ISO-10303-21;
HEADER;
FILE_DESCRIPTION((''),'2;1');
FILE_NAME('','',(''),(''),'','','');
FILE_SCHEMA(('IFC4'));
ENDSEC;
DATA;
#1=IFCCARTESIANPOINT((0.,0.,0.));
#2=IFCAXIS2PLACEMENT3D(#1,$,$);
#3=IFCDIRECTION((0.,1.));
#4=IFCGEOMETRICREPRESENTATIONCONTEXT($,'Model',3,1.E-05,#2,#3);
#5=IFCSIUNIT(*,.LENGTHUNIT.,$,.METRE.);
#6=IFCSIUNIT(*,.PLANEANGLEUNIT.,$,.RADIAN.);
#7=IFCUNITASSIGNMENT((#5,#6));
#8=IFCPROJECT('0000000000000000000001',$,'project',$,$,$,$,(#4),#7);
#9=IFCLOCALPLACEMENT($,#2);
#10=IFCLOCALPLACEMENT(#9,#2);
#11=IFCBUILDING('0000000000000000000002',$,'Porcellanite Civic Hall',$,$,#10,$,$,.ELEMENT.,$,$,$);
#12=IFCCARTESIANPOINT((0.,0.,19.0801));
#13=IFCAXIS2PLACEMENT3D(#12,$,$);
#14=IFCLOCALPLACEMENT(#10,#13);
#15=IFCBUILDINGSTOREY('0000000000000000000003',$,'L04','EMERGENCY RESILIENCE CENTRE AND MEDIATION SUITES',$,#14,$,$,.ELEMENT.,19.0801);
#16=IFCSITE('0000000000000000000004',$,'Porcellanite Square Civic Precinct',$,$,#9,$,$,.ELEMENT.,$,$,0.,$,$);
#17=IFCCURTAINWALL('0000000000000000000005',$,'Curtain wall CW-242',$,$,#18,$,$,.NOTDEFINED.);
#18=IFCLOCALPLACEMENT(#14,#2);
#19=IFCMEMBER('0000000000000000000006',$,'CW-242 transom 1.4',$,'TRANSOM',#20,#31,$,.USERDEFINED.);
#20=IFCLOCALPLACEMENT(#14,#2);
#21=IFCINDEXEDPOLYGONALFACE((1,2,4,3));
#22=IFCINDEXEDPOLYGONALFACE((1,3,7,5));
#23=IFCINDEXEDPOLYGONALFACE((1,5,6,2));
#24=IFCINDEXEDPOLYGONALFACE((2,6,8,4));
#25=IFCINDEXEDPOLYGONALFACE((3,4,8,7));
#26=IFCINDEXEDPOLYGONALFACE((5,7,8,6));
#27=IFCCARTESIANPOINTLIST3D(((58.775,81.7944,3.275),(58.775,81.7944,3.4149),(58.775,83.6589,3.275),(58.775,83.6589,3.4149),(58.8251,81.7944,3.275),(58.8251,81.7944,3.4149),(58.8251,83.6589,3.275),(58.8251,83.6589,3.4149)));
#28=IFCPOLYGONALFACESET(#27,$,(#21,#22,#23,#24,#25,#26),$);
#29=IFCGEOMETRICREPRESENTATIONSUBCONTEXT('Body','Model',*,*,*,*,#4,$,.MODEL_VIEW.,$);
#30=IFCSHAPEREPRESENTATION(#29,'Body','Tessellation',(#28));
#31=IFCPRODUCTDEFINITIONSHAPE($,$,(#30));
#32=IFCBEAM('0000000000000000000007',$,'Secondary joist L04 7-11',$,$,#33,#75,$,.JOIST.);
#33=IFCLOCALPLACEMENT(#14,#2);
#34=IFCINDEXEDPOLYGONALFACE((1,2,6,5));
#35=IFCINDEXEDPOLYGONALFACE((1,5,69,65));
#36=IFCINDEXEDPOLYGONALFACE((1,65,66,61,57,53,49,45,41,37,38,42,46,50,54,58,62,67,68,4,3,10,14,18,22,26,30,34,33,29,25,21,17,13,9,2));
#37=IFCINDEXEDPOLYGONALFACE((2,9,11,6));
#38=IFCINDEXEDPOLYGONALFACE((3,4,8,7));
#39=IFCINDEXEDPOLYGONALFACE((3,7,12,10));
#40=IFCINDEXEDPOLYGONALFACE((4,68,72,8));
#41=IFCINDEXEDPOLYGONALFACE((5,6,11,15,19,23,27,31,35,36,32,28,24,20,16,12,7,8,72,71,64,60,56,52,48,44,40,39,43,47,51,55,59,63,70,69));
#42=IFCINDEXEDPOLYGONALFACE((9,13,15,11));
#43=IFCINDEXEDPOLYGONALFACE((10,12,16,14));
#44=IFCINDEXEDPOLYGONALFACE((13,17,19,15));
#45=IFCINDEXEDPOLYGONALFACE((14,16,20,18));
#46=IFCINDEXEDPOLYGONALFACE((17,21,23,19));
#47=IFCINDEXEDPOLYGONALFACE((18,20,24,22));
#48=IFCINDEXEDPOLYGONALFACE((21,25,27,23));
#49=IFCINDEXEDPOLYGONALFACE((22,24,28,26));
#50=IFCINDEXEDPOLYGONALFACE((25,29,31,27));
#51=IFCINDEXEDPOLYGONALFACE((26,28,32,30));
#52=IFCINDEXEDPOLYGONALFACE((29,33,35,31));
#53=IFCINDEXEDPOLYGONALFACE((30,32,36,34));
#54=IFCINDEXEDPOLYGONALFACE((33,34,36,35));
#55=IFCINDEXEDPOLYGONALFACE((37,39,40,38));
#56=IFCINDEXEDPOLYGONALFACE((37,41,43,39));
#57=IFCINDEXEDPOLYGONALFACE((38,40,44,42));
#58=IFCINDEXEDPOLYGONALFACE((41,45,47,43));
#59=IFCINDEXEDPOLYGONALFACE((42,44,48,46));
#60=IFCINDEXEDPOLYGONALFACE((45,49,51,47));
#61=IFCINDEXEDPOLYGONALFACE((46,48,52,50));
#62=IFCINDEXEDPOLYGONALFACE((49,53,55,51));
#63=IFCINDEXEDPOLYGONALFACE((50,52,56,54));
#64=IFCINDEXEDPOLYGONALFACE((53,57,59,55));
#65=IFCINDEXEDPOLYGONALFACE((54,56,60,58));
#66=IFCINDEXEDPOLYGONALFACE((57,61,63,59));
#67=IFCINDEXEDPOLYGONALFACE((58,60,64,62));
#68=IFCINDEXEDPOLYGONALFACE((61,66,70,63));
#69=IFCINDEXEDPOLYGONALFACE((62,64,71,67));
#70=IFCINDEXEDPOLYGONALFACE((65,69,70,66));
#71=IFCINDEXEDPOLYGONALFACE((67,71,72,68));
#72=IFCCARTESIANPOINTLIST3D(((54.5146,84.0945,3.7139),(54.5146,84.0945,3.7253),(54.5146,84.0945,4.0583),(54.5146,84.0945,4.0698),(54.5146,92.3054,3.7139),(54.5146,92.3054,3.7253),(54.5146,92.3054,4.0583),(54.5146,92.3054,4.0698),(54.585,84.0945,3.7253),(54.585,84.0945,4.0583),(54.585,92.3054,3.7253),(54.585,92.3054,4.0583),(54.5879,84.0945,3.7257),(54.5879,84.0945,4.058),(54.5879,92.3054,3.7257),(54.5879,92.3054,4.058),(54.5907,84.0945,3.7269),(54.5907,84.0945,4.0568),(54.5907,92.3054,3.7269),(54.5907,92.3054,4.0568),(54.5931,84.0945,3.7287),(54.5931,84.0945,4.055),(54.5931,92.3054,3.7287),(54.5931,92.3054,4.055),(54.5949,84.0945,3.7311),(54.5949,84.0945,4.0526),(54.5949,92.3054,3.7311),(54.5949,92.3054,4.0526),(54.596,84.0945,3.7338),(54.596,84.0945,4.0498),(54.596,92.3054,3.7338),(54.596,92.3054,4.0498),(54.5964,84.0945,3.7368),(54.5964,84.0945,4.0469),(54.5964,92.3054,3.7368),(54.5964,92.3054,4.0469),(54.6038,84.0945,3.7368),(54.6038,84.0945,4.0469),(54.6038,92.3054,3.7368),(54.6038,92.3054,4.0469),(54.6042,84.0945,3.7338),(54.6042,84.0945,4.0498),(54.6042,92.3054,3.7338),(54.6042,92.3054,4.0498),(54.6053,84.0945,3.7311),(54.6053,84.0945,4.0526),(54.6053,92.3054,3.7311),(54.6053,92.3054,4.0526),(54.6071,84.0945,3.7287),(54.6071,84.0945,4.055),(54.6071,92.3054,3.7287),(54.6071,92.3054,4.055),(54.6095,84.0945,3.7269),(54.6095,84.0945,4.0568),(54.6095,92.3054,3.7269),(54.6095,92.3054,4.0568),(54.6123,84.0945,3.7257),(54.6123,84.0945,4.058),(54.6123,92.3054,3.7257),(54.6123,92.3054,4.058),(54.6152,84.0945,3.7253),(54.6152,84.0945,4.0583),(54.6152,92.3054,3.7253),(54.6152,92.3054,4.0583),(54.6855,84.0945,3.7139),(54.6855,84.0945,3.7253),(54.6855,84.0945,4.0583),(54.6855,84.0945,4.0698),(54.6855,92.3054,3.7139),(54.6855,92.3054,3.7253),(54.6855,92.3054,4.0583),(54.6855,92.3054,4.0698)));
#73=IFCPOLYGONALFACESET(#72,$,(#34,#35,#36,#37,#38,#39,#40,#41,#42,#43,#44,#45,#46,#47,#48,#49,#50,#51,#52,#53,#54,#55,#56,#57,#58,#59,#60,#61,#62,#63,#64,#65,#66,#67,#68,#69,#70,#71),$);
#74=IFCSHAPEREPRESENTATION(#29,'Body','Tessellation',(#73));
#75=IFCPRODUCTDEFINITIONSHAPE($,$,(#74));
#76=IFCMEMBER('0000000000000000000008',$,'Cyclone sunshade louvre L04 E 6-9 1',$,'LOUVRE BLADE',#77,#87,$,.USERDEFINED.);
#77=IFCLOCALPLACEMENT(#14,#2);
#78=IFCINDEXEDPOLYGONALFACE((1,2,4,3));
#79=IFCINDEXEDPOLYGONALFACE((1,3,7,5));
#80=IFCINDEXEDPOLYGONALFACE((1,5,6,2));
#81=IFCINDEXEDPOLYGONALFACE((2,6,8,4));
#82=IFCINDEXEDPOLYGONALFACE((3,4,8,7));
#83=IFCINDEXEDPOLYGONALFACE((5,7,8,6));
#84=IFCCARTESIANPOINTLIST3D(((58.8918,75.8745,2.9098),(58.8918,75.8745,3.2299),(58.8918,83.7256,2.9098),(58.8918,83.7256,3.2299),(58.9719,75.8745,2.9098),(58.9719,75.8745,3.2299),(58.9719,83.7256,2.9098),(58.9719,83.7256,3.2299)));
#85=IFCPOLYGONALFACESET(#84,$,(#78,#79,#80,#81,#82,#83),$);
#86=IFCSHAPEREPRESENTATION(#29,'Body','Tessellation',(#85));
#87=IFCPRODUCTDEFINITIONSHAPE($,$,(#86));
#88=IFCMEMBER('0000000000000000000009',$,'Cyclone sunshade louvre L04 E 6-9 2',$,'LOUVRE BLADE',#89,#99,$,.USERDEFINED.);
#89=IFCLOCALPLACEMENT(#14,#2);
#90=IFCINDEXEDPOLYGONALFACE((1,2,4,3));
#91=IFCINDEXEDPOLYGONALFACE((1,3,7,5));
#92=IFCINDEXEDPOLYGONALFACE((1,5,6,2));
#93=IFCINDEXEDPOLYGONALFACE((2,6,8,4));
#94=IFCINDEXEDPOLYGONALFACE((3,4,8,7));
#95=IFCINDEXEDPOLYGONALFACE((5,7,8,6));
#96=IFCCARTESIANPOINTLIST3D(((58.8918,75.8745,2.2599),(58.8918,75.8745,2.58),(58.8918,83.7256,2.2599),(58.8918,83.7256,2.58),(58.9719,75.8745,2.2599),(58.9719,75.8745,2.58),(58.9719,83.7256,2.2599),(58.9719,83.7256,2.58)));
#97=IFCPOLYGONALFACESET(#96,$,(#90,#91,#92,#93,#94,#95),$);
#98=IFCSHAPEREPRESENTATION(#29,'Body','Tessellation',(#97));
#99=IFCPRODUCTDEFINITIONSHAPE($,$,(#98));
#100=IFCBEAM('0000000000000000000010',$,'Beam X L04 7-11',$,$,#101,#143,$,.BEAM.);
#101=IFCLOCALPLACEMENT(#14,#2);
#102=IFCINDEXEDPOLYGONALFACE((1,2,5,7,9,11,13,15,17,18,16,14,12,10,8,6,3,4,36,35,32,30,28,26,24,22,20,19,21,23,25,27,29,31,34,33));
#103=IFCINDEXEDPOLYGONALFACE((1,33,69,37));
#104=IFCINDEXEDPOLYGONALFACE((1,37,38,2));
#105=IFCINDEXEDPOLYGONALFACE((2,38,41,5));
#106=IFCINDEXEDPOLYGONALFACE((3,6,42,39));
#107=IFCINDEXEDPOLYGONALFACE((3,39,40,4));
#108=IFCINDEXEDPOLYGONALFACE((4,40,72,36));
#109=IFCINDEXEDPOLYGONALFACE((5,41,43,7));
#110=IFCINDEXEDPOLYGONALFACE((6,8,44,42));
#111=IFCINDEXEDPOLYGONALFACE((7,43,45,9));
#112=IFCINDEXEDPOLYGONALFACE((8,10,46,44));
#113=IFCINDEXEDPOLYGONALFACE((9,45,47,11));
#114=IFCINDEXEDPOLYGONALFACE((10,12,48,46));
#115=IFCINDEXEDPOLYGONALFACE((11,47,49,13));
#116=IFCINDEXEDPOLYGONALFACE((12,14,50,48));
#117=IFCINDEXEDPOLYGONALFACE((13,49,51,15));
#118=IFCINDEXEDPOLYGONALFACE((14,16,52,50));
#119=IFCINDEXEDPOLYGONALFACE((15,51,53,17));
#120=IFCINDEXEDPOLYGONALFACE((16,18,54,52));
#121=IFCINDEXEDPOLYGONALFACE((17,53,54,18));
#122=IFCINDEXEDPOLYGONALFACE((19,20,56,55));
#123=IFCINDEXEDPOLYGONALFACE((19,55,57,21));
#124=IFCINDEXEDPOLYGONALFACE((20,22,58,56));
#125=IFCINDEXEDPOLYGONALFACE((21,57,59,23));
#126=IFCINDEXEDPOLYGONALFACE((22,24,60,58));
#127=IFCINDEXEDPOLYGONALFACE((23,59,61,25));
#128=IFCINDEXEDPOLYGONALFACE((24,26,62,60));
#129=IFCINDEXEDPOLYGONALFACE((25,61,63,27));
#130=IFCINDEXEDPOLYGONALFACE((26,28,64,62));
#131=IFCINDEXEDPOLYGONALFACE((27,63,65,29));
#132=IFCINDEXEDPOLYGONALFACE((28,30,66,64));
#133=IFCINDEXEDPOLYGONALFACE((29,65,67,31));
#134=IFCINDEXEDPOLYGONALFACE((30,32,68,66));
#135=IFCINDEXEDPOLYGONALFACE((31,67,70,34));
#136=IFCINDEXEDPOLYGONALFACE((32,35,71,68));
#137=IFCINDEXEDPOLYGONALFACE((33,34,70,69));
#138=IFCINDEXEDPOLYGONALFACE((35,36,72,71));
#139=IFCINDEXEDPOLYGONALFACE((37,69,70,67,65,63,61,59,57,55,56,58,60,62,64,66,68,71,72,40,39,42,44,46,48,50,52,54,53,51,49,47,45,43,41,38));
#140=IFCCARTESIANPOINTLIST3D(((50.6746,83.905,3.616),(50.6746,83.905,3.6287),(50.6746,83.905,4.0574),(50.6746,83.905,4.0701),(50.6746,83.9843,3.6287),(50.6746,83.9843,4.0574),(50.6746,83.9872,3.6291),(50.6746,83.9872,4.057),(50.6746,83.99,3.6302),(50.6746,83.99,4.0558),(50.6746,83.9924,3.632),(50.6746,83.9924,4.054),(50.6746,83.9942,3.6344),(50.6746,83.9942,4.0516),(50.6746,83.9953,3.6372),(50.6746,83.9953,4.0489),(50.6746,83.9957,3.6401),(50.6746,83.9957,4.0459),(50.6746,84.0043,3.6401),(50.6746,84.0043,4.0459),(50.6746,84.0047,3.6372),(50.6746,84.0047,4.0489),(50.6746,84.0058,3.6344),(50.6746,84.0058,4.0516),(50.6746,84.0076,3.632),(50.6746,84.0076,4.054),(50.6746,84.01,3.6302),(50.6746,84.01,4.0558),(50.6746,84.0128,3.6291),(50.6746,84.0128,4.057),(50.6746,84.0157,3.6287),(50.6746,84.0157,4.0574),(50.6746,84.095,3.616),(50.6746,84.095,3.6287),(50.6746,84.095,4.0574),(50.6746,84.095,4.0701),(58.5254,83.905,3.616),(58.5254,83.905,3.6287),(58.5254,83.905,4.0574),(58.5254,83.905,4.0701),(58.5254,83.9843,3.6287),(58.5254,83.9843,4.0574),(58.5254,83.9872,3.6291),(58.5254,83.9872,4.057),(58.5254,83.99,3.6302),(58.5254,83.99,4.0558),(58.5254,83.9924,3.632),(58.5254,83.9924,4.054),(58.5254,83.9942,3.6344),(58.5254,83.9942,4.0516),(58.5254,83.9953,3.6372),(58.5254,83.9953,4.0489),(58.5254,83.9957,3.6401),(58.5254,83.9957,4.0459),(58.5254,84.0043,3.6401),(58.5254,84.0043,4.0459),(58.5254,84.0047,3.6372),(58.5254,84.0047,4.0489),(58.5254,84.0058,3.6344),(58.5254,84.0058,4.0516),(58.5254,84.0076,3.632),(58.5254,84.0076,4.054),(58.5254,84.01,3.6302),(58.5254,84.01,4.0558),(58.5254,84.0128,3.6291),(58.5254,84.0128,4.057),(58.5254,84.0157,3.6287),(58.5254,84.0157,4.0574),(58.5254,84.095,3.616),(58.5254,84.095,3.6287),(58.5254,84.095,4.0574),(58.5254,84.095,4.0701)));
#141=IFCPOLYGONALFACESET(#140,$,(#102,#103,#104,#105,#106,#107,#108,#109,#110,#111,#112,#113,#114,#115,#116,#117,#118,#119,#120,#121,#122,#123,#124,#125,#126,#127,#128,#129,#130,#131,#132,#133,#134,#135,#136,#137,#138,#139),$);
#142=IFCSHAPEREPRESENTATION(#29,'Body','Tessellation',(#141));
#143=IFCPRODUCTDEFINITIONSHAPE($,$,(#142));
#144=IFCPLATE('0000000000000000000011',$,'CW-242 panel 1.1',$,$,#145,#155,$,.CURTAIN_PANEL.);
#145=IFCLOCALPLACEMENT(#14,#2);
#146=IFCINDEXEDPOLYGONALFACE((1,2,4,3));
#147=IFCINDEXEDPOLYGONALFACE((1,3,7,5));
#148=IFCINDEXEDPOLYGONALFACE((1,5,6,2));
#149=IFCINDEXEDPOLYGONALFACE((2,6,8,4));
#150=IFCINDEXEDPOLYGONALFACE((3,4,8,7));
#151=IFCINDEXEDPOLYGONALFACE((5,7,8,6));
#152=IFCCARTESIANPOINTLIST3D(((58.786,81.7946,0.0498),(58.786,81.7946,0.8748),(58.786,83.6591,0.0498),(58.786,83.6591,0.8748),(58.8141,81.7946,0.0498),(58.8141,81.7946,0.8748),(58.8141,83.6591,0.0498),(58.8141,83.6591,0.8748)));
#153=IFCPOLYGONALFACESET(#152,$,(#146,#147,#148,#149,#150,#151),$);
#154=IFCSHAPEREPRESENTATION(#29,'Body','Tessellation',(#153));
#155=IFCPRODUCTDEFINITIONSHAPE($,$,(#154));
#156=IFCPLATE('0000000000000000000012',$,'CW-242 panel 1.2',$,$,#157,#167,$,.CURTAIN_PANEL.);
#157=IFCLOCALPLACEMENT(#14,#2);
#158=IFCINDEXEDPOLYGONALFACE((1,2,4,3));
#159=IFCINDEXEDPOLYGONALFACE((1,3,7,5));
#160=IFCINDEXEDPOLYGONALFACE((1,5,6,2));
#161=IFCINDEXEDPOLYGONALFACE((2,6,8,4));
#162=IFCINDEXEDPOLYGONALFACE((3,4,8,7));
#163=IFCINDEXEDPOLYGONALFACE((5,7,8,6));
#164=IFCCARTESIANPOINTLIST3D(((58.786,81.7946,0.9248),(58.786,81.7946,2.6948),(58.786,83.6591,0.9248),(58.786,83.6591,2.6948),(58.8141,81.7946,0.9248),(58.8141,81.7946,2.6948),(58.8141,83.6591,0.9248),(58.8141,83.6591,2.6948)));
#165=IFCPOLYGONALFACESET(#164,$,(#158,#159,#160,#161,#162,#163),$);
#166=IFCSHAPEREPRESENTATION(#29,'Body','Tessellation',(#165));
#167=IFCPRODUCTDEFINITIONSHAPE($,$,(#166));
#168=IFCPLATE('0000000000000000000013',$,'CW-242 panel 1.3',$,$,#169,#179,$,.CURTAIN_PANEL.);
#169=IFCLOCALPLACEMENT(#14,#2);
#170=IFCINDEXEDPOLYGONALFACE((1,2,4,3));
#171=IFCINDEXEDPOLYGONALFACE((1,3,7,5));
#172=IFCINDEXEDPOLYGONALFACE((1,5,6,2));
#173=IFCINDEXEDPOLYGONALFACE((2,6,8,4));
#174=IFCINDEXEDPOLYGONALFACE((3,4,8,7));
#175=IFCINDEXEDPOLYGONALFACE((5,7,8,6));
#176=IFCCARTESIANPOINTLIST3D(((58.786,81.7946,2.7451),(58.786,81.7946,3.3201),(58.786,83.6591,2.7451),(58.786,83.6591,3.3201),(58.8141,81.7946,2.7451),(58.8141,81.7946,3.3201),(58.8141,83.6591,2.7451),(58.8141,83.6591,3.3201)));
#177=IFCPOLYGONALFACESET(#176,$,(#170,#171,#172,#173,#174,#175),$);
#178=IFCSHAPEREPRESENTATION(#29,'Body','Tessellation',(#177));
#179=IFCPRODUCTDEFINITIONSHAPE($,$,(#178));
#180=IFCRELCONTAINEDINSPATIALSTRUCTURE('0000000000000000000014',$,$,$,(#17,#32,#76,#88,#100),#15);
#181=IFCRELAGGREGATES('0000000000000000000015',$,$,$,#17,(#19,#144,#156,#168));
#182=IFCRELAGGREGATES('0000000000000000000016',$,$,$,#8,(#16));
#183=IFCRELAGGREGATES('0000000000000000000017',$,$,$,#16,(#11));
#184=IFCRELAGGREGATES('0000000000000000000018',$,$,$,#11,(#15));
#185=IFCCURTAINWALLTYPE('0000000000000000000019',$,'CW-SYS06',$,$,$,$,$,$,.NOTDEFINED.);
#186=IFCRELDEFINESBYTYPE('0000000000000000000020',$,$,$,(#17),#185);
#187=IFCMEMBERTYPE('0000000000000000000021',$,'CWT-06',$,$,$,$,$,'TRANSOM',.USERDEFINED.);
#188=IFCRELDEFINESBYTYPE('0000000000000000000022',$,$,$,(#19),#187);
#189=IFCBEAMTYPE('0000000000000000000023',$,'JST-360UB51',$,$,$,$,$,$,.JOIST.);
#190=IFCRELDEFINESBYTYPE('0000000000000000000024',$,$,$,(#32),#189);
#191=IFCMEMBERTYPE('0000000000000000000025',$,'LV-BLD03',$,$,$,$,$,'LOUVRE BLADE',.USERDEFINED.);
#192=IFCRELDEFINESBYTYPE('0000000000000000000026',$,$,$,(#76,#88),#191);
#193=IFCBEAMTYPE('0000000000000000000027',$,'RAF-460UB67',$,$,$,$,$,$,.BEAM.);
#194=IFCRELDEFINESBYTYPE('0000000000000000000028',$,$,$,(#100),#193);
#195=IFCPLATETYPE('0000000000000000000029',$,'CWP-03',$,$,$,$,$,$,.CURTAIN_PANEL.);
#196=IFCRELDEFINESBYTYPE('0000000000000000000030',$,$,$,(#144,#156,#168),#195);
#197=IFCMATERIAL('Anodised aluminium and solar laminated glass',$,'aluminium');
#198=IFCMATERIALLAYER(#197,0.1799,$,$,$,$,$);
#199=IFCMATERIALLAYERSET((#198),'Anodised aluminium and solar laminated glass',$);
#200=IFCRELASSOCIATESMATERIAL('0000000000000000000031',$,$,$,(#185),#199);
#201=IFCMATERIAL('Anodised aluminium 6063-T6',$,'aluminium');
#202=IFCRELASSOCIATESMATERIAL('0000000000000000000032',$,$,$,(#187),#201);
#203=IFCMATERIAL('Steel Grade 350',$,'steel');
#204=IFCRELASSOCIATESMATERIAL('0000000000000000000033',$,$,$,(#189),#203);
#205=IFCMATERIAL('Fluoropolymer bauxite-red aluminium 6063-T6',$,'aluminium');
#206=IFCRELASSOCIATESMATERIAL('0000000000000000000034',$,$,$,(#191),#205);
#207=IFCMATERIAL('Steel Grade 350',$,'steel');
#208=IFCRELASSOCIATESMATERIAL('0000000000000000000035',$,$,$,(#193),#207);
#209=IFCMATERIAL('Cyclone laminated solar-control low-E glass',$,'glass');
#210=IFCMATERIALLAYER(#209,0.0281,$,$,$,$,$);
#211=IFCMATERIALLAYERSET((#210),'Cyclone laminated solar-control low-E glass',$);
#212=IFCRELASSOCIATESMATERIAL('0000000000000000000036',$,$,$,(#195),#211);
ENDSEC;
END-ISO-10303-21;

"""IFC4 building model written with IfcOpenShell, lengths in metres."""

from ifc_helpers import new_model, si_unit, direction, frame, origin, origin_2d, place, context, subcontext, project, spatial, rectangle, i_section, extrude, material, layer, layer_set, material_profile, profile_set, type_object, element, aggregate, save


model = new_model("IFC4")

# Units and contexts
model_context = context("Model", 3, precision=1e-05, world=origin(), true_north=direction((0.0, 1.0)))
body_context = subcontext(model_context, "Body", "Model", "MODEL_VIEW")
ifc_project = project(units=[si_unit("LENGTHUNIT", "METRE"), si_unit("PLANEANGLEUNIT", "RADIAN")], contexts=[model_context])

# Site, building, storey
site_placement = place(None, origin())
site = spatial("IfcSite", under=ifc_project, at=site_placement, Name="Porcellanite Square Civic Precinct", CompositionType="ELEMENT", RefElevation=0.0)
building_placement = place(site_placement, origin())
building = spatial("IfcBuilding", under=site, at=building_placement, Name="Porcellanite Civic Hall", CompositionType="ELEMENT")
storey_placement = place(building_placement, frame((0.0, 0.0, 19.0801)))
storey = spatial("IfcBuildingStorey", under=building, at=storey_placement, Name="L04", Description="EMERGENCY RESILIENCE CENTRE AND MEDIATION SUITES", CompositionType="ELEMENT", Elevation=19.0801)

# Curtain wall
ifc_material_1 = material(Name="Anodised aluminium and solar laminated glass", Category="aluminium")
ifc_layer_1 = layer(ifc_material_1, 0.1799)
ifc_layer_set_1 = layer_set([ifc_layer_1], Name="Anodised aluminium and solar laminated glass")
curtain_wall_type_1 = type_object("IfcCurtainWallType", Name="CW-SYS06", PredefinedType="NOTDEFINED", material=ifc_layer_set_1)
curtain_wall_1_placement = place(storey_placement, origin())
curtain_wall_1 = element("IfcCurtainWall", 1, at=curtain_wall_1_placement, inside=storey, type_object=curtain_wall_type_1, Name="Curtain wall CW-242", PredefinedType="NOTDEFINED")

# Member
ifc_material_2 = material(Name="Anodised aluminium 6063-T6", Category="aluminium")
ifc_material_profile_1 = material_profile(ifc_material_2, rectangle(XDim=0.05, YDim=0.1399, at=origin_2d()), Name="AL-50x140")
ifc_profile_set_1 = profile_set([ifc_material_profile_1], Name="Anodised aluminium 6063-T6")
member_type_1 = type_object("IfcMemberType", Name="CWT-06", ElementType="TRANSOM", PredefinedType="USERDEFINED", material=ifc_profile_set_1)
member_1_placement = place(storey_placement, frame((58.8, 83.6589, 3.345), z_axis=(0.0, -1.0, 0.0), x_axis=(1.0, 0.0, 0.0)))
member_1 = element("IfcMember", 2, at=member_1_placement, type_object=member_type_1, Name="CW-242 transom 1.4", ObjectType="TRANSOM", PredefinedType="USERDEFINED", context=body_context, shape_type="SweptSolid", body=[
    extrude(rectangle(XDim=0.05, YDim=0.1399, at=origin_2d()), origin(), (0.0, 0.0, 1.0), 1.8645),
])

# Beam
ifc_material_3 = material(Name="Steel Grade 350", Category="steel")
ifc_material_profile_2 = material_profile(ifc_material_3, i_section(OverallWidth=0.1709, OverallDepth=0.356, WebThickness=0.0073, FlangeThickness=0.0115, FilletRadius=0.0115, at=origin_2d()), Name="360UB50.7")
ifc_profile_set_2 = profile_set([ifc_material_profile_2], Name="Steel Grade 350")
beam_type_1 = type_object("IfcBeamType", Name="JST-360UB51", PredefinedType="JOIST", material=ifc_profile_set_2)
beam_1_placement = place(storey_placement, frame((54.6001, 84.0945, 3.8918), z_axis=(0.0, 1.0, 0.0), x_axis=(-1.0, 0.0, 0.0)))
element("IfcBeam", 3, at=beam_1_placement, inside=storey, type_object=beam_type_1, Name="Secondary joist L04 7-11", PredefinedType="JOIST", context=body_context, shape_type="SweptSolid", body=[
    extrude(i_section(OverallWidth=0.1709, OverallDepth=0.356, WebThickness=0.0073, FlangeThickness=0.0115, FilletRadius=0.0115, at=origin_2d()), origin(), (0.0, 0.0, 1.0), 8.2109),
])

# Members
ifc_material_4 = material(Name="Fluoropolymer bauxite-red aluminium 6063-T6", Category="aluminium")
ifc_material_profile_3 = material_profile(ifc_material_4, rectangle(XDim=0.0801, YDim=0.3201, at=origin_2d()), Name="AL-80x320")
ifc_profile_set_3 = profile_set([ifc_material_profile_3], Name="Fluoropolymer bauxite-red aluminium 6063-T6")
member_type_2 = type_object("IfcMemberType", Name="LV-BLD03", ElementType="LOUVRE BLADE", PredefinedType="USERDEFINED", material=ifc_profile_set_3)
for number, where, z_axis, x_axis, name in (
    (4, (58.9319, 83.7256, 3.0698), (0.0, -1.0, 0.0), (1.0, 0.0, 0.0), "Cyclone sunshade louvre L04 E 6-9 1"),
    (5, (58.9319, 83.7256, 2.4199), (0.0, -1.0, 0.0), (1.0, 0.0, 0.0), "Cyclone sunshade louvre L04 E 6-9 2"),
):
    element("IfcMember", number, at=place(storey_placement, frame(where, z_axis=z_axis, x_axis=x_axis)), inside=storey, type_object=member_type_2, Name=name, ObjectType="LOUVRE BLADE", PredefinedType="USERDEFINED", context=body_context, shape_type="SweptSolid", body=[
        extrude(rectangle(XDim=0.0801, YDim=0.3201, at=origin_2d()), origin(), (0.0, 0.0, 1.0), 7.8511),
    ])

# Beam
ifc_material_5 = material(Name="Steel Grade 350", Category="steel")
ifc_material_profile_4 = material_profile(ifc_material_5, i_section(OverallWidth=0.1899, OverallDepth=0.4541, WebThickness=0.0085, FlangeThickness=0.0127, FilletRadius=0.0115, at=origin_2d()), Name="460UB67.1")
ifc_profile_set_4 = profile_set([ifc_material_profile_4], Name="Steel Grade 350")
beam_type_2 = type_object("IfcBeamType", Name="RAF-460UB67", PredefinedType="BEAM", material=ifc_profile_set_4)
beam_2_placement = place(storey_placement, frame((50.6746, 84.0, 3.843), z_axis=(1.0, 0.0, 0.0), x_axis=(0.0, 1.0, 0.0)))
element("IfcBeam", 6, at=beam_2_placement, inside=storey, type_object=beam_type_2, Name="Beam X L04 7-11", PredefinedType="BEAM", context=body_context, shape_type="SweptSolid", body=[
    extrude(i_section(OverallWidth=0.1899, OverallDepth=0.4541, WebThickness=0.0085, FlangeThickness=0.0127, FilletRadius=0.0115, at=origin_2d()), origin(), (0.0, 0.0, 1.0), 7.8508),
])

# Plates
ifc_material_6 = material(Name="Cyclone laminated solar-control low-E glass", Category="glass")
ifc_layer_2 = layer(ifc_material_6, 0.0281)
ifc_layer_set_2 = layer_set([ifc_layer_2], Name="Cyclone laminated solar-control low-E glass")
plate_type_1 = type_object("IfcPlateType", Name="CWP-03", PredefinedType="CURTAIN_PANEL", material=ifc_layer_set_2)
plate_1_placement = place(storey_placement, frame((58.8, 82.7268, 0.0498), z_axis=(0.0, 0.0, 1.0), x_axis=(0.0, -1.0, 0.0)))
plate_1 = element("IfcPlate", 7, at=plate_1_placement, type_object=plate_type_1, Name="CW-242 panel 1.1", PredefinedType="CURTAIN_PANEL", context=body_context, shape_type="SweptSolid", body=[
    extrude(rectangle(XDim=1.8645, YDim=0.0281, at=origin_2d()), origin(), (0.0, 0.0, 1.0), 0.825),
])
plate_2_placement = place(storey_placement, frame((58.8, 82.7268, 0.9248), z_axis=(0.0, 0.0, 1.0), x_axis=(0.0, -1.0, 0.0)))
plate_2 = element("IfcPlate", 8, at=plate_2_placement, type_object=plate_type_1, Name="CW-242 panel 1.2", PredefinedType="CURTAIN_PANEL", context=body_context, shape_type="SweptSolid", body=[
    extrude(rectangle(XDim=1.8645, YDim=0.0281, at=origin_2d()), origin(), (0.0, 0.0, 1.0), 1.77),
])
plate_3_placement = place(storey_placement, frame((58.8, 82.7268, 2.7451), z_axis=(0.0, 0.0, 1.0), x_axis=(0.0, -1.0, 0.0)))
plate_3 = element("IfcPlate", 9, at=plate_3_placement, type_object=plate_type_1, Name="CW-242 panel 1.3", PredefinedType="CURTAIN_PANEL", context=body_context, shape_type="SweptSolid", body=[
    extrude(rectangle(XDim=1.8645, YDim=0.0281, at=origin_2d()), origin(), (0.0, 0.0, 1.0), 0.575),
])
aggregate(curtain_wall_1, [member_1, plate_1, plate_2, plate_3])

save(model, "model.ifc")
